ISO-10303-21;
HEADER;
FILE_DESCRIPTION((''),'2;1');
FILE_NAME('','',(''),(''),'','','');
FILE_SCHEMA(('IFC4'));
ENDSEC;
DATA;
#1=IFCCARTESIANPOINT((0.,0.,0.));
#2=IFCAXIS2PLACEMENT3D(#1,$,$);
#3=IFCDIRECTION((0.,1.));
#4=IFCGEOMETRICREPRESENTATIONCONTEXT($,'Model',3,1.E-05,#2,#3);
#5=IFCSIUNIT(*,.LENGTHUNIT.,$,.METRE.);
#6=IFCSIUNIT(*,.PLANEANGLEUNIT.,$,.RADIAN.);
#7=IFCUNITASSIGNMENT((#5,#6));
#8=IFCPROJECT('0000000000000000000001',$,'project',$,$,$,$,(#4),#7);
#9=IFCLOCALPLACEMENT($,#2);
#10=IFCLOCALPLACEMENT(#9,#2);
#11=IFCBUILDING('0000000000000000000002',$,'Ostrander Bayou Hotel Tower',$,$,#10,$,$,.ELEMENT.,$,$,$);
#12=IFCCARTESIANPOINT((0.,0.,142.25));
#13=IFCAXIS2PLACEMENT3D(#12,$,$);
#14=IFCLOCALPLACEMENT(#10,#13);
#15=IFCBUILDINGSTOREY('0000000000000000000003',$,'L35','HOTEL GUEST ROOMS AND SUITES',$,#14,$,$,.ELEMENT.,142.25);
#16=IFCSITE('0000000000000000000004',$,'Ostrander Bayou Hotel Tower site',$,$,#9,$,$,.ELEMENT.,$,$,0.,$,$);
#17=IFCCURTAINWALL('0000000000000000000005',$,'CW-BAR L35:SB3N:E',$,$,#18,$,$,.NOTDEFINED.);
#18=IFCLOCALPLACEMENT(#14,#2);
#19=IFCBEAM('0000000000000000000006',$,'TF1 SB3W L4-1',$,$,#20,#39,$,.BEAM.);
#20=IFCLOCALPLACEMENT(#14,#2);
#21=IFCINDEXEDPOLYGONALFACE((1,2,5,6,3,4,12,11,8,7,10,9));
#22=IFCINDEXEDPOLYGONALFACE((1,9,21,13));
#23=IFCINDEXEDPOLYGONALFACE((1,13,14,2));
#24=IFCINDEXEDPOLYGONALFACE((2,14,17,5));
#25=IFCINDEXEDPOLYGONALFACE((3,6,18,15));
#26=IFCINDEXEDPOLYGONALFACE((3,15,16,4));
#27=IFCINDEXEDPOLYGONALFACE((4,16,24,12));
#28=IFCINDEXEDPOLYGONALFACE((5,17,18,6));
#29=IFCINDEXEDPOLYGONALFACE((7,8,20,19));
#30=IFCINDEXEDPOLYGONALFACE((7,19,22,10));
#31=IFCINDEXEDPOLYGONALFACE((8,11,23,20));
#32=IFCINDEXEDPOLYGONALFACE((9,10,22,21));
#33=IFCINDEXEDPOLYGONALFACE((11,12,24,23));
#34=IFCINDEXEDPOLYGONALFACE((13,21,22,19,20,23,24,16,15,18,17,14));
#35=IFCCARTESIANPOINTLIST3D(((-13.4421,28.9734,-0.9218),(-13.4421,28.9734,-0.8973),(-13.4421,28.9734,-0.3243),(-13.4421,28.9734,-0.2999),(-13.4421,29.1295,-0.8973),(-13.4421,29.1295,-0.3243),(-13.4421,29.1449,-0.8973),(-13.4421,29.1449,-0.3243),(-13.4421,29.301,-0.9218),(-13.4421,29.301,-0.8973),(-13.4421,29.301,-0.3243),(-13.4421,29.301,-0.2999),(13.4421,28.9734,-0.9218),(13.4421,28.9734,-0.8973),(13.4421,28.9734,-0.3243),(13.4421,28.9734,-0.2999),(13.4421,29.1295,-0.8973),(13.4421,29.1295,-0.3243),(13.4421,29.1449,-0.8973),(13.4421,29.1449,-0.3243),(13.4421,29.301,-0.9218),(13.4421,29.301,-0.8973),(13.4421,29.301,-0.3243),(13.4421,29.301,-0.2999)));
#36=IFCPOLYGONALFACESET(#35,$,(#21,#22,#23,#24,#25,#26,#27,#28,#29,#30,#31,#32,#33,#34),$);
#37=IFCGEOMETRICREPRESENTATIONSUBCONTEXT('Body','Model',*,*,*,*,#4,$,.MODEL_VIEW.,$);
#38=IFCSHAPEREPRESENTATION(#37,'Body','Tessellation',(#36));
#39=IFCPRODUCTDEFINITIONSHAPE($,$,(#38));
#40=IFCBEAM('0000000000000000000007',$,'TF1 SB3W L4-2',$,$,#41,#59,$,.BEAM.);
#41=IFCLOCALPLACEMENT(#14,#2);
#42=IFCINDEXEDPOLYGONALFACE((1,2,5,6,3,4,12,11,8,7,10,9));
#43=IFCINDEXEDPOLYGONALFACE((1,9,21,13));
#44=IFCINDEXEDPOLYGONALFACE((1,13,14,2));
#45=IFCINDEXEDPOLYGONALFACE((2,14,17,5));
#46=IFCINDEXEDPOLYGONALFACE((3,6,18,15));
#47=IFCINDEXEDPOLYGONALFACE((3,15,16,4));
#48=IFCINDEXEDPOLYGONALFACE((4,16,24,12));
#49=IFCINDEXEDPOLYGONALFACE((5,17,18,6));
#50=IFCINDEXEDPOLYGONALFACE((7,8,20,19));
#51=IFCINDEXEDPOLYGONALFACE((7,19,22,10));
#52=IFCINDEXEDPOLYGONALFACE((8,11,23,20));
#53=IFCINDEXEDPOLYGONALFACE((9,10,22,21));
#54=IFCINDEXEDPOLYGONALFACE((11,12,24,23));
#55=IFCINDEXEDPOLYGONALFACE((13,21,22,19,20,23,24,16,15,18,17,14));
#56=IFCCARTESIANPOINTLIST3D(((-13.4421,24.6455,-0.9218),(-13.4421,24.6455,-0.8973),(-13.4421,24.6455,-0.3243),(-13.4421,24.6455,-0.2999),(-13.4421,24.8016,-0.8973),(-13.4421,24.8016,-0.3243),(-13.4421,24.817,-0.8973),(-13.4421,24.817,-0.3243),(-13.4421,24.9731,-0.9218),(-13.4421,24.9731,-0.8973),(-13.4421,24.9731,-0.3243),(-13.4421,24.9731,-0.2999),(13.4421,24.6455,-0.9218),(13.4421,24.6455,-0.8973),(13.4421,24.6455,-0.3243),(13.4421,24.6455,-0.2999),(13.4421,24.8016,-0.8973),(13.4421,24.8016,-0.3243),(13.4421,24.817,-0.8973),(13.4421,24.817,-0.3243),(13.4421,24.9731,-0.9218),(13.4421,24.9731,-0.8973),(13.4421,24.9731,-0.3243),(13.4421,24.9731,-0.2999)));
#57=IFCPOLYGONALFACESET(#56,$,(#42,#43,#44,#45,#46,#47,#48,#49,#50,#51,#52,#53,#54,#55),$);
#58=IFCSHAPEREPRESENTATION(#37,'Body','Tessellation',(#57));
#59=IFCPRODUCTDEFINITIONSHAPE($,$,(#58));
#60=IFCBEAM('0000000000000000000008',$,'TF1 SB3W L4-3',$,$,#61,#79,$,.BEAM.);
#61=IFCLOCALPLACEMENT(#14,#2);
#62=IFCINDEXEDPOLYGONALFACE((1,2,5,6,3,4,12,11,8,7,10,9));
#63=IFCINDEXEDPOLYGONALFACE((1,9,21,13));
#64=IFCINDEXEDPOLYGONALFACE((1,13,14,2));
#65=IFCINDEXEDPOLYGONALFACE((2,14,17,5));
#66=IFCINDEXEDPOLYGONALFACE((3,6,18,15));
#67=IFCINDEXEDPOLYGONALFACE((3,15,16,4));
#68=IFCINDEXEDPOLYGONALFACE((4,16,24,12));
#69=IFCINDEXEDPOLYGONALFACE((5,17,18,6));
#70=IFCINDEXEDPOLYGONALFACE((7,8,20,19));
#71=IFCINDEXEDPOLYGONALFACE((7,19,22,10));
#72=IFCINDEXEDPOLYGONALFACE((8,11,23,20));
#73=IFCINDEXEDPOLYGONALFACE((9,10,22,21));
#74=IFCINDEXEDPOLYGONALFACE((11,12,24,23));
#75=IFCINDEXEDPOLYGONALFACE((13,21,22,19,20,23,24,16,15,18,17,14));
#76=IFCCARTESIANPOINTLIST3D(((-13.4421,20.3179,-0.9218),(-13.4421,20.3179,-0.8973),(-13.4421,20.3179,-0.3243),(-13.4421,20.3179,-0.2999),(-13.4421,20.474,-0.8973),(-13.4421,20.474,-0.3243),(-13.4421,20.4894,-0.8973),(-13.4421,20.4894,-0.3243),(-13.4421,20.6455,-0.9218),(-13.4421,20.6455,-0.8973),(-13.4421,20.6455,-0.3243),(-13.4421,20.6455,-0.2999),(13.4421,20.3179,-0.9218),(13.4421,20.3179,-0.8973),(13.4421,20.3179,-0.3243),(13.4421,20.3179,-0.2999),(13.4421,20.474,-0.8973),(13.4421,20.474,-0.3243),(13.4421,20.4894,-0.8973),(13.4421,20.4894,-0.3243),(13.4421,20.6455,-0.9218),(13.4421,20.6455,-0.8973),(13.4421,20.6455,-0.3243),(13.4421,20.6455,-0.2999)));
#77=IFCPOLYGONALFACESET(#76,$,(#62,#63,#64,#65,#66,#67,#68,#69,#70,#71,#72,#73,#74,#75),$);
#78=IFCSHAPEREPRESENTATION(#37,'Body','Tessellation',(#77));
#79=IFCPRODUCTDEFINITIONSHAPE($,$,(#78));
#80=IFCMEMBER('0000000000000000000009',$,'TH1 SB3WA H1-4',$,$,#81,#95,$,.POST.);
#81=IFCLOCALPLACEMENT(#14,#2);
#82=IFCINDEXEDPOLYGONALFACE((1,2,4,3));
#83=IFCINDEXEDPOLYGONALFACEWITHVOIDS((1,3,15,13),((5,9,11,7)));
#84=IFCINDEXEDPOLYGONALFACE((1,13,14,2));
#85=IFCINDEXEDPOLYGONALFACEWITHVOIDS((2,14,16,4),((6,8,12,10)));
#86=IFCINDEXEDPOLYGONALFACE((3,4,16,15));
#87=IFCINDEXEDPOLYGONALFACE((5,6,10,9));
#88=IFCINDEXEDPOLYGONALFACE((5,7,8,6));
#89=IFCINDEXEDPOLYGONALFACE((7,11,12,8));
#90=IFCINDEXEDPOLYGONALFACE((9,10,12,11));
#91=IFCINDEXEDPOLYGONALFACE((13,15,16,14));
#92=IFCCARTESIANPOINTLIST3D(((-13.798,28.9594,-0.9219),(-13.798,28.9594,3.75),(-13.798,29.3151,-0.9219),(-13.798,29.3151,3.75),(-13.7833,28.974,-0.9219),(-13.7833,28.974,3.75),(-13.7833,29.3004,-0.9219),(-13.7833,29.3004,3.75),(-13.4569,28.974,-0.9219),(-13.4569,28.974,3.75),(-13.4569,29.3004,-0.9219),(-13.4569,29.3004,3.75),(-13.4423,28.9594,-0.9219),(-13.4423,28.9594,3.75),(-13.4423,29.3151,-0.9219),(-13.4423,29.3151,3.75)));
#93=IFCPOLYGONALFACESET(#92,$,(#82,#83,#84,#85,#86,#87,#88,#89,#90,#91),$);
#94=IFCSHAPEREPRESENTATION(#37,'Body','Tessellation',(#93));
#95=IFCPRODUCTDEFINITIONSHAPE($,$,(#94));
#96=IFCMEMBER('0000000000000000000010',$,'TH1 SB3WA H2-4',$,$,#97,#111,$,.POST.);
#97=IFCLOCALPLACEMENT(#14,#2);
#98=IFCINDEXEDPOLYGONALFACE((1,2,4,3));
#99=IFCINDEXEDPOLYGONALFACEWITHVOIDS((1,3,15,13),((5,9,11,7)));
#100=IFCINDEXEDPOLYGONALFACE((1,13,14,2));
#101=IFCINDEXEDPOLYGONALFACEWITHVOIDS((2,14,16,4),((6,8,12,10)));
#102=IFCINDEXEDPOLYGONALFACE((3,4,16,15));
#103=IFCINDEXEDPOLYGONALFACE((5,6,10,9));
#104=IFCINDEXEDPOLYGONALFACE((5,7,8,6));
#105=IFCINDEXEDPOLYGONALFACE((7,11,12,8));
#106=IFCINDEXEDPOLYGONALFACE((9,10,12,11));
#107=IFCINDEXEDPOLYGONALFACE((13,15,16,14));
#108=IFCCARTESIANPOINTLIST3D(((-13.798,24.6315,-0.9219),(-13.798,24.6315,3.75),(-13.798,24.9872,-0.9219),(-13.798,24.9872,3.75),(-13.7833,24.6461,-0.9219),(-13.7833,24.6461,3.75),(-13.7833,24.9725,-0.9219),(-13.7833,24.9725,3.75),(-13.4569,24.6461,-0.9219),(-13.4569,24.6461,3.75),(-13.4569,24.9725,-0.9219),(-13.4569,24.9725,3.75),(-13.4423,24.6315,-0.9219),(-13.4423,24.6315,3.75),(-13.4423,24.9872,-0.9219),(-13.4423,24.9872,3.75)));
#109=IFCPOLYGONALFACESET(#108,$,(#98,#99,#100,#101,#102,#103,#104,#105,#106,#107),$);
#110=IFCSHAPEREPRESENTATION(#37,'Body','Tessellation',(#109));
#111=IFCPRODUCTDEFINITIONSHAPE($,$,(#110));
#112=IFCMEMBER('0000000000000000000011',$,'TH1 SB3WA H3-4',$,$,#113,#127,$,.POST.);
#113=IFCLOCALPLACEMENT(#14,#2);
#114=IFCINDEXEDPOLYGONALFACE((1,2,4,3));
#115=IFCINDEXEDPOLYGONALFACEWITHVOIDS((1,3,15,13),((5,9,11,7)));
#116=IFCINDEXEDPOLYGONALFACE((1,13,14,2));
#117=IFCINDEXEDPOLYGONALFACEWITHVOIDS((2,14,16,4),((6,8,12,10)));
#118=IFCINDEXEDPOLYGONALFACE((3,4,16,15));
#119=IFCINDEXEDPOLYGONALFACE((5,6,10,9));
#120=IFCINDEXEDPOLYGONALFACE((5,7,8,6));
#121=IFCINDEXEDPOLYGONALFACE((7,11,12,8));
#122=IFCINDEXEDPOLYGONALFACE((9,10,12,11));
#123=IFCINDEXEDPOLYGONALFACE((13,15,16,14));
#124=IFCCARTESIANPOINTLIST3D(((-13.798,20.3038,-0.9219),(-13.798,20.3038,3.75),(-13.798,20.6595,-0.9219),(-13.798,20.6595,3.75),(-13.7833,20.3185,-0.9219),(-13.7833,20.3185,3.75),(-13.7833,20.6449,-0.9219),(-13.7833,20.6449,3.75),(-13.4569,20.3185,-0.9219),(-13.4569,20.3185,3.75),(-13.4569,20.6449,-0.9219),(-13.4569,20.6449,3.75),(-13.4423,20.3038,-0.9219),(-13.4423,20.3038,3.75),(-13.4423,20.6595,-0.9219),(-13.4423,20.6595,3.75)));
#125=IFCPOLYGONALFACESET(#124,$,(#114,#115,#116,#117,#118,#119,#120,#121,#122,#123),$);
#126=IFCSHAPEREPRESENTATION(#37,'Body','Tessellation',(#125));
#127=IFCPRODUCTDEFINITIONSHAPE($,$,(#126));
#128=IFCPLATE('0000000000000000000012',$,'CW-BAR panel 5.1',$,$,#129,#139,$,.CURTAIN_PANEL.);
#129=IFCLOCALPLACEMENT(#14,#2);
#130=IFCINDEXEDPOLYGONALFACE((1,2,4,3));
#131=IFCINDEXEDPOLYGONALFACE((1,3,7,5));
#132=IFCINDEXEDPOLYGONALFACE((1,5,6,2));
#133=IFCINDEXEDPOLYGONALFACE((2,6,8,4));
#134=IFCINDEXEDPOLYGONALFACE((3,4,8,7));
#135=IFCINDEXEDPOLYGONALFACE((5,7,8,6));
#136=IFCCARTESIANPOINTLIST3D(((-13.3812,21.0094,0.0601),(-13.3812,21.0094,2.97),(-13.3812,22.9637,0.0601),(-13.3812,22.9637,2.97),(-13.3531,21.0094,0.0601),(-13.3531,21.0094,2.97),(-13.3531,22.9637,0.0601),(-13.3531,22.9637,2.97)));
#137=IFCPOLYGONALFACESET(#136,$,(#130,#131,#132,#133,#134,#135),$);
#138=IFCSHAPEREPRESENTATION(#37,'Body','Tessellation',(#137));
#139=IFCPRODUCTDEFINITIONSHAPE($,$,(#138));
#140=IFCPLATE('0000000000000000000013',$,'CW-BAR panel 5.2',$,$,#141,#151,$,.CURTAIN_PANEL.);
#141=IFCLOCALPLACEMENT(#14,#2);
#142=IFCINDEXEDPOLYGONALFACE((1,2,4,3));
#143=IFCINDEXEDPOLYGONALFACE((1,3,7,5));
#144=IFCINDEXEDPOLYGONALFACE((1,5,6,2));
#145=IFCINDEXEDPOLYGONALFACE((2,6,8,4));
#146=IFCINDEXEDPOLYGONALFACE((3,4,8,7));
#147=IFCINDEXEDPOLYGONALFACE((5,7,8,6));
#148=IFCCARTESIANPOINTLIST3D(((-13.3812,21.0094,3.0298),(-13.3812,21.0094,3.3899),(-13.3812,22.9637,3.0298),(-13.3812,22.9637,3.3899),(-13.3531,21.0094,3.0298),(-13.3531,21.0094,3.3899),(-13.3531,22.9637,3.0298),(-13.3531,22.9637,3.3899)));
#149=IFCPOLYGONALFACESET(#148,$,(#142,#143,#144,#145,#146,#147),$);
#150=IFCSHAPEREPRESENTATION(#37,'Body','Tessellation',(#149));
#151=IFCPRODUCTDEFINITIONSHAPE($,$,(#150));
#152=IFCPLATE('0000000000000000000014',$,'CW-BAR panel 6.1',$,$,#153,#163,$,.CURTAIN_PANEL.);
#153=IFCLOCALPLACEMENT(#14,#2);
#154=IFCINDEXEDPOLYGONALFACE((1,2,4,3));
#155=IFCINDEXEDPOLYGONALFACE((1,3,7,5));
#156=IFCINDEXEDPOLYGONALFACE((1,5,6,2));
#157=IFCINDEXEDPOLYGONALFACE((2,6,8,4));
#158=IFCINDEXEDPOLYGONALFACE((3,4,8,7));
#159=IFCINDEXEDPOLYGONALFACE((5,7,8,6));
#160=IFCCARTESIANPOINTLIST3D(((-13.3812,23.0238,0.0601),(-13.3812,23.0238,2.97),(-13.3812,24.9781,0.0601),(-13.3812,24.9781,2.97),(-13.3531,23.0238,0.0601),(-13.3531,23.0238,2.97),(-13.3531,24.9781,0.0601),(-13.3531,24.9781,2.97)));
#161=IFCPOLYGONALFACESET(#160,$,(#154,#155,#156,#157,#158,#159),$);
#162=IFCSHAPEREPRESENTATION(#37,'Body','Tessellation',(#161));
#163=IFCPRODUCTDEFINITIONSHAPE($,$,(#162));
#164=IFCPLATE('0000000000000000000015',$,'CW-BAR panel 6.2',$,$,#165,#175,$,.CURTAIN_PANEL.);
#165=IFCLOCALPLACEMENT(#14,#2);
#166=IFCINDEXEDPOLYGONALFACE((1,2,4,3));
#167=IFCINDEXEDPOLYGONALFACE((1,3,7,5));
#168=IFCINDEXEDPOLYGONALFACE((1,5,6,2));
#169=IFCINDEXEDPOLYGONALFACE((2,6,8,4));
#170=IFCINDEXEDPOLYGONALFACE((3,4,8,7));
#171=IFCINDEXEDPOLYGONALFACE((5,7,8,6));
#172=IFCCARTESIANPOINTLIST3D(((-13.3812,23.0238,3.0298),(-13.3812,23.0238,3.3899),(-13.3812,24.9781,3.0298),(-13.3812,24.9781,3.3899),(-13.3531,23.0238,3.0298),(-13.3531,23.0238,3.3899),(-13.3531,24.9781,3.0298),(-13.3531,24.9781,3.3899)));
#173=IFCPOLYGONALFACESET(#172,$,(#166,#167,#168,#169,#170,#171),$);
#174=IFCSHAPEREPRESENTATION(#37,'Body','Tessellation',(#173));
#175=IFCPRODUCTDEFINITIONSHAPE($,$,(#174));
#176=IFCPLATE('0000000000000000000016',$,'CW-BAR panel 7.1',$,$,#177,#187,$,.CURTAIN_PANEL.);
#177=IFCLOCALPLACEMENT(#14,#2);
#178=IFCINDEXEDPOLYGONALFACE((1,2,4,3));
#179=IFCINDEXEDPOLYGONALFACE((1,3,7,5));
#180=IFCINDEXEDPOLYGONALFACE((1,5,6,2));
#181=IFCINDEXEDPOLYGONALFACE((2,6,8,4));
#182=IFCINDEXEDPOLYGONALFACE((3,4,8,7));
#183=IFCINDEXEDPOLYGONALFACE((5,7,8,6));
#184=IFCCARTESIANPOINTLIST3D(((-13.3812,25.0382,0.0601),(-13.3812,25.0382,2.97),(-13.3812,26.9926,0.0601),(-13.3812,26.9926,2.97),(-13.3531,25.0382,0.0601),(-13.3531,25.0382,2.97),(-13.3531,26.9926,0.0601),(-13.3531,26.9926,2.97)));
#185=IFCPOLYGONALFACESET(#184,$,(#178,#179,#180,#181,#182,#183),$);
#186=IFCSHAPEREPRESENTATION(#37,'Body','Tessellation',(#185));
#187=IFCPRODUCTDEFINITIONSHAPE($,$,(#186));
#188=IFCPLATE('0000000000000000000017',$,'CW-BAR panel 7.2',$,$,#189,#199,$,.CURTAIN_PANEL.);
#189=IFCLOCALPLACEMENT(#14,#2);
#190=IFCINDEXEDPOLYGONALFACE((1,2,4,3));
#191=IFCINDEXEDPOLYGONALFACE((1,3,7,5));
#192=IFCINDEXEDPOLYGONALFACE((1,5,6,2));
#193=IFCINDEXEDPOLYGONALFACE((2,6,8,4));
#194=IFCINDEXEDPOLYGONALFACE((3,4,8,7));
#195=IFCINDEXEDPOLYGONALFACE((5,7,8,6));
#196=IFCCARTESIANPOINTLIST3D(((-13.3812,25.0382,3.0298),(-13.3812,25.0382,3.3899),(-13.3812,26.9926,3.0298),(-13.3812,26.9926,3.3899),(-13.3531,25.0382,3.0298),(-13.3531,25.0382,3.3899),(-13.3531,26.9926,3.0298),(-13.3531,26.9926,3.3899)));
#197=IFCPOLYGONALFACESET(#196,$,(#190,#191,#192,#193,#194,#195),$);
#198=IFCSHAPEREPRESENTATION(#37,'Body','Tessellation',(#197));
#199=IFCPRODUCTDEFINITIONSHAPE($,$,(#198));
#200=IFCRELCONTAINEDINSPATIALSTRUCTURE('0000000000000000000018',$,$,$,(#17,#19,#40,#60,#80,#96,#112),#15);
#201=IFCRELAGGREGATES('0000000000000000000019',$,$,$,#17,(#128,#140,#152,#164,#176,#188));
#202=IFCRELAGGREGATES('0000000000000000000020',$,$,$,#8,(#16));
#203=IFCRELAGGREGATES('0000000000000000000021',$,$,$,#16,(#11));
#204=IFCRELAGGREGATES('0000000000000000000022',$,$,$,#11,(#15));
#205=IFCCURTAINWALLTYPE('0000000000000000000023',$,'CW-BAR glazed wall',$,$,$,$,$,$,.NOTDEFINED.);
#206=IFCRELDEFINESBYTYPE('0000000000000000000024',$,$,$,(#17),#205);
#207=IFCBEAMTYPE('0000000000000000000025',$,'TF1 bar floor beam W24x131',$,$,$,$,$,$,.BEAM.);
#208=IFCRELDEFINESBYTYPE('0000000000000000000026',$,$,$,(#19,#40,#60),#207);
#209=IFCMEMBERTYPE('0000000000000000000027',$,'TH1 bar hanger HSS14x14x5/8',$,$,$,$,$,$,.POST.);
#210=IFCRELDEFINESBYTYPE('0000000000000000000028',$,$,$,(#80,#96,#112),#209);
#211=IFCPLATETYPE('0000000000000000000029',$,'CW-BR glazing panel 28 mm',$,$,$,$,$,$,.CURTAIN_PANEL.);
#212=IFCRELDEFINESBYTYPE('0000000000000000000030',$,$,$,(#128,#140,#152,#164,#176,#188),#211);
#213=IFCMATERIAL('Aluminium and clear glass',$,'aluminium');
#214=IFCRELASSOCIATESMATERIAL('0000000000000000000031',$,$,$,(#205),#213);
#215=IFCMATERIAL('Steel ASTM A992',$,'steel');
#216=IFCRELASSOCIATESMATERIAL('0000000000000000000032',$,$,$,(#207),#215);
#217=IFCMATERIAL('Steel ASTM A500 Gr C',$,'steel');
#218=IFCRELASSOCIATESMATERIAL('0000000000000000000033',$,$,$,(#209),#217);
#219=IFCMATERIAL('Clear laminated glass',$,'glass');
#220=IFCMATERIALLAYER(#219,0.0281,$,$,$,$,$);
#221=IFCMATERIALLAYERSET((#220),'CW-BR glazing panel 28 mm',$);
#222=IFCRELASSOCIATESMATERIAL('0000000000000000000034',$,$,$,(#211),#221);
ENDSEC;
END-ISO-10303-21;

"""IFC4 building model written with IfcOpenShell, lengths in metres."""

from ifc_helpers import new_model, si_unit, direction, frame, origin, origin_2d, place, context, subcontext, project, spatial, rectangle, hollow_rectangle, i_section, extrude, material, layer, layer_set, material_profile, profile_set, type_object, element, aggregate, save


model = new_model("IFC4")

# Units and contexts
model_context = context("Model", 3, precision=1e-05, world=origin(), true_north=direction((0.0, 1.0)))
body_context = subcontext(model_context, "Body", "Model", "MODEL_VIEW")
ifc_project = project(units=[si_unit("LENGTHUNIT", "METRE"), si_unit("PLANEANGLEUNIT", "RADIAN")], contexts=[model_context])

# Site, building, storey
site_placement = place(None, origin())
site = spatial("IfcSite", under=ifc_project, at=site_placement, Name="Ostrander Bayou Hotel Tower site", CompositionType="ELEMENT", RefElevation=0.0)
building_placement = place(site_placement, origin())
building = spatial("IfcBuilding", under=site, at=building_placement, Name="Ostrander Bayou Hotel Tower", CompositionType="ELEMENT")
storey_placement = place(building_placement, frame((0.0, 0.0, 142.25)))
storey = spatial("IfcBuildingStorey", under=building, at=storey_placement, Name="L35", Description="HOTEL GUEST ROOMS AND SUITES", CompositionType="ELEMENT", Elevation=142.25)

# Curtain wall
ifc_material_1 = material(Name="Aluminium and clear glass", Category="aluminium")
curtain_wall_type = type_object("IfcCurtainWallType", Name="CW-BAR glazed wall", PredefinedType="NOTDEFINED", material=ifc_material_1)
curtain_wall_1_placement = place(storey_placement, origin())
curtain_wall_1 = element("IfcCurtainWall", 1, at=curtain_wall_1_placement, inside=storey, type_object=curtain_wall_type, Name="CW-BAR L35:SB3N:E", PredefinedType="NOTDEFINED")

# Beams
ifc_material_2 = material(Name="Steel ASTM A992", Category="steel")
ifc_material_profile_1 = material_profile(ifc_material_2, i_section(OverallWidth=0.3276, OverallDepth=0.6218, WebThickness=0.0154, FlangeThickness=0.0244, at=origin_2d()))
ifc_profile_set_1 = profile_set([ifc_material_profile_1], Name="Steel ASTM A992")
beam_type = type_object("IfcBeamType", Name="TF1 bar floor beam W24x131", PredefinedType="BEAM", material=ifc_profile_set_1)
for number, where, z_axis, x_axis, name in (
    (2, (-13.4421, 29.1372, -0.6108), (1.0, 0.0, 0.0), (0.0, 1.0, 0.0), "TF1 SB3W L4-1"),
    (3, (-13.4421, 24.8093, -0.6108), (1.0, 0.0, 0.0), (0.0, 1.0, 0.0), "TF1 SB3W L4-2"),
    (4, (-13.4421, 20.4817, -0.6108), (1.0, 0.0, 0.0), (0.0, 1.0, 0.0), "TF1 SB3W L4-3"),
):
    element("IfcBeam", number, at=place(storey_placement, frame(where, z_axis=z_axis, x_axis=x_axis)), inside=storey, type_object=beam_type, Name=name, PredefinedType="BEAM", context=body_context, shape_type="SweptSolid", body=[
        extrude(i_section(OverallWidth=0.3276, OverallDepth=0.6218, WebThickness=0.0154, FlangeThickness=0.0244, at=origin_2d()), origin(), (0.0, 0.0, 1.0), 26.8843),
    ])

# Members
ifc_material_3 = material(Name="Steel ASTM A500 Gr C", Category="steel")
ifc_material_profile_2 = material_profile(ifc_material_3, hollow_rectangle(XDim=0.3557, YDim=0.3557, WallThickness=0.0146, at=origin_2d()))
ifc_profile_set_2 = profile_set([ifc_material_profile_2], Name="Steel ASTM A500 Gr C")
member_type_1 = type_object("IfcMemberType", Name="TH1 bar hanger HSS14x14x5/8", PredefinedType="POST", material=ifc_profile_set_2)
for number, where, z_axis, x_axis, name in (
    (5, (-13.6201, 29.1372, -0.9219), (0.0, 0.0, 1.0), (1.0, 0.0, 0.0), "TH1 SB3WA H1-4"),
    (6, (-13.6201, 24.8093, -0.9219), (0.0, 0.0, 1.0), (1.0, 0.0, 0.0), "TH1 SB3WA H2-4"),
    (7, (-13.6201, 20.4817, -0.9219), (0.0, 0.0, 1.0), (1.0, 0.0, 0.0), "TH1 SB3WA H3-4"),
):
    element("IfcMember", number, at=place(storey_placement, frame(where, z_axis=z_axis, x_axis=x_axis)), inside=storey, type_object=member_type_1, Name=name, PredefinedType="POST", context=body_context, shape_type="SweptSolid", body=[
        extrude(hollow_rectangle(XDim=0.3557, YDim=0.3557, WallThickness=0.0146, at=origin_2d()), origin(), (0.0, 0.0, 1.0), 4.6719),
    ])

# Plates
ifc_material_4 = material(Name="Clear laminated glass", Category="glass")
ifc_layer_1 = layer(ifc_material_4, 0.0281)
ifc_layer_set_1 = layer_set([ifc_layer_1], Name="CW-BR glazing panel 28 mm")
plate_type = type_object("IfcPlateType", Name="CW-BR glazing panel 28 mm", PredefinedType="CURTAIN_PANEL", material=ifc_layer_set_1)
plate_1_placement = place(storey_placement, frame((-13.3672, 21.9866, 0.0601), z_axis=(0.0, 0.0, 1.0), x_axis=(0.0, 1.0, 0.0)))
plate_1 = element("IfcPlate", 8, at=plate_1_placement, type_object=plate_type, Name="CW-BAR panel 5.1", PredefinedType="CURTAIN_PANEL", context=body_context, shape_type="SweptSolid", body=[
    extrude(rectangle(XDim=1.9543, YDim=0.0281, at=origin_2d()), origin(), (0.0, 0.0, 1.0), 2.9099),
])
plate_2_placement = place(storey_placement, frame((-13.3672, 21.9866, 3.0298), z_axis=(0.0, 0.0, 1.0), x_axis=(0.0, 1.0, 0.0)))
plate_2 = element("IfcPlate", 9, at=plate_2_placement, type_object=plate_type, Name="CW-BAR panel 5.2", PredefinedType="CURTAIN_PANEL", context=body_context, shape_type="SweptSolid", body=[
    extrude(rectangle(XDim=1.9543, YDim=0.0281, at=origin_2d()), origin(), (0.0, 0.0, 1.0), 0.3601),
])
plate_3_placement = place(storey_placement, frame((-13.3672, 24.001, 0.0601), z_axis=(0.0, 0.0, 1.0), x_axis=(0.0, 1.0, 0.0)))
plate_3 = element("IfcPlate", 10, at=plate_3_placement, type_object=plate_type, Name="CW-BAR panel 6.1", PredefinedType="CURTAIN_PANEL", context=body_context, shape_type="SweptSolid", body=[
    extrude(rectangle(XDim=1.9543, YDim=0.0281, at=origin_2d()), origin(), (0.0, 0.0, 1.0), 2.9099),
])
plate_4_placement = place(storey_placement, frame((-13.3672, 24.001, 3.0298), z_axis=(0.0, 0.0, 1.0), x_axis=(0.0, 1.0, 0.0)))
plate_4 = element("IfcPlate", 11, at=plate_4_placement, type_object=plate_type, Name="CW-BAR panel 6.2", PredefinedType="CURTAIN_PANEL", context=body_context, shape_type="SweptSolid", body=[
    extrude(rectangle(XDim=1.9543, YDim=0.0281, at=origin_2d()), origin(), (0.0, 0.0, 1.0), 0.3601),
])
plate_5_placement = place(storey_placement, frame((-13.3672, 26.0154, 0.0601), z_axis=(0.0, 0.0, 1.0), x_axis=(0.0, 1.0, 0.0)))
plate_5 = element("IfcPlate", 12, at=plate_5_placement, type_object=plate_type, Name="CW-BAR panel 7.1", PredefinedType="CURTAIN_PANEL", context=body_context, shape_type="SweptSolid", body=[
    extrude(rectangle(XDim=1.9543, YDim=0.0281, at=origin_2d()), origin(), (0.0, 0.0, 1.0), 2.9099),
])
plate_6_placement = place(storey_placement, frame((-13.3672, 26.0154, 3.0298), z_axis=(0.0, 0.0, 1.0), x_axis=(0.0, 1.0, 0.0)))
plate_6 = element("IfcPlate", 13, at=plate_6_placement, type_object=plate_type, Name="CW-BAR panel 7.2", PredefinedType="CURTAIN_PANEL", context=body_context, shape_type="SweptSolid", body=[
    extrude(rectangle(XDim=1.9543, YDim=0.0281, at=origin_2d()), origin(), (0.0, 0.0, 1.0), 0.3601),
])
aggregate(curtain_wall_1, [plate_1, plate_2, plate_3, plate_4, plate_5, plate_6])

save(model, "model.ifc")
